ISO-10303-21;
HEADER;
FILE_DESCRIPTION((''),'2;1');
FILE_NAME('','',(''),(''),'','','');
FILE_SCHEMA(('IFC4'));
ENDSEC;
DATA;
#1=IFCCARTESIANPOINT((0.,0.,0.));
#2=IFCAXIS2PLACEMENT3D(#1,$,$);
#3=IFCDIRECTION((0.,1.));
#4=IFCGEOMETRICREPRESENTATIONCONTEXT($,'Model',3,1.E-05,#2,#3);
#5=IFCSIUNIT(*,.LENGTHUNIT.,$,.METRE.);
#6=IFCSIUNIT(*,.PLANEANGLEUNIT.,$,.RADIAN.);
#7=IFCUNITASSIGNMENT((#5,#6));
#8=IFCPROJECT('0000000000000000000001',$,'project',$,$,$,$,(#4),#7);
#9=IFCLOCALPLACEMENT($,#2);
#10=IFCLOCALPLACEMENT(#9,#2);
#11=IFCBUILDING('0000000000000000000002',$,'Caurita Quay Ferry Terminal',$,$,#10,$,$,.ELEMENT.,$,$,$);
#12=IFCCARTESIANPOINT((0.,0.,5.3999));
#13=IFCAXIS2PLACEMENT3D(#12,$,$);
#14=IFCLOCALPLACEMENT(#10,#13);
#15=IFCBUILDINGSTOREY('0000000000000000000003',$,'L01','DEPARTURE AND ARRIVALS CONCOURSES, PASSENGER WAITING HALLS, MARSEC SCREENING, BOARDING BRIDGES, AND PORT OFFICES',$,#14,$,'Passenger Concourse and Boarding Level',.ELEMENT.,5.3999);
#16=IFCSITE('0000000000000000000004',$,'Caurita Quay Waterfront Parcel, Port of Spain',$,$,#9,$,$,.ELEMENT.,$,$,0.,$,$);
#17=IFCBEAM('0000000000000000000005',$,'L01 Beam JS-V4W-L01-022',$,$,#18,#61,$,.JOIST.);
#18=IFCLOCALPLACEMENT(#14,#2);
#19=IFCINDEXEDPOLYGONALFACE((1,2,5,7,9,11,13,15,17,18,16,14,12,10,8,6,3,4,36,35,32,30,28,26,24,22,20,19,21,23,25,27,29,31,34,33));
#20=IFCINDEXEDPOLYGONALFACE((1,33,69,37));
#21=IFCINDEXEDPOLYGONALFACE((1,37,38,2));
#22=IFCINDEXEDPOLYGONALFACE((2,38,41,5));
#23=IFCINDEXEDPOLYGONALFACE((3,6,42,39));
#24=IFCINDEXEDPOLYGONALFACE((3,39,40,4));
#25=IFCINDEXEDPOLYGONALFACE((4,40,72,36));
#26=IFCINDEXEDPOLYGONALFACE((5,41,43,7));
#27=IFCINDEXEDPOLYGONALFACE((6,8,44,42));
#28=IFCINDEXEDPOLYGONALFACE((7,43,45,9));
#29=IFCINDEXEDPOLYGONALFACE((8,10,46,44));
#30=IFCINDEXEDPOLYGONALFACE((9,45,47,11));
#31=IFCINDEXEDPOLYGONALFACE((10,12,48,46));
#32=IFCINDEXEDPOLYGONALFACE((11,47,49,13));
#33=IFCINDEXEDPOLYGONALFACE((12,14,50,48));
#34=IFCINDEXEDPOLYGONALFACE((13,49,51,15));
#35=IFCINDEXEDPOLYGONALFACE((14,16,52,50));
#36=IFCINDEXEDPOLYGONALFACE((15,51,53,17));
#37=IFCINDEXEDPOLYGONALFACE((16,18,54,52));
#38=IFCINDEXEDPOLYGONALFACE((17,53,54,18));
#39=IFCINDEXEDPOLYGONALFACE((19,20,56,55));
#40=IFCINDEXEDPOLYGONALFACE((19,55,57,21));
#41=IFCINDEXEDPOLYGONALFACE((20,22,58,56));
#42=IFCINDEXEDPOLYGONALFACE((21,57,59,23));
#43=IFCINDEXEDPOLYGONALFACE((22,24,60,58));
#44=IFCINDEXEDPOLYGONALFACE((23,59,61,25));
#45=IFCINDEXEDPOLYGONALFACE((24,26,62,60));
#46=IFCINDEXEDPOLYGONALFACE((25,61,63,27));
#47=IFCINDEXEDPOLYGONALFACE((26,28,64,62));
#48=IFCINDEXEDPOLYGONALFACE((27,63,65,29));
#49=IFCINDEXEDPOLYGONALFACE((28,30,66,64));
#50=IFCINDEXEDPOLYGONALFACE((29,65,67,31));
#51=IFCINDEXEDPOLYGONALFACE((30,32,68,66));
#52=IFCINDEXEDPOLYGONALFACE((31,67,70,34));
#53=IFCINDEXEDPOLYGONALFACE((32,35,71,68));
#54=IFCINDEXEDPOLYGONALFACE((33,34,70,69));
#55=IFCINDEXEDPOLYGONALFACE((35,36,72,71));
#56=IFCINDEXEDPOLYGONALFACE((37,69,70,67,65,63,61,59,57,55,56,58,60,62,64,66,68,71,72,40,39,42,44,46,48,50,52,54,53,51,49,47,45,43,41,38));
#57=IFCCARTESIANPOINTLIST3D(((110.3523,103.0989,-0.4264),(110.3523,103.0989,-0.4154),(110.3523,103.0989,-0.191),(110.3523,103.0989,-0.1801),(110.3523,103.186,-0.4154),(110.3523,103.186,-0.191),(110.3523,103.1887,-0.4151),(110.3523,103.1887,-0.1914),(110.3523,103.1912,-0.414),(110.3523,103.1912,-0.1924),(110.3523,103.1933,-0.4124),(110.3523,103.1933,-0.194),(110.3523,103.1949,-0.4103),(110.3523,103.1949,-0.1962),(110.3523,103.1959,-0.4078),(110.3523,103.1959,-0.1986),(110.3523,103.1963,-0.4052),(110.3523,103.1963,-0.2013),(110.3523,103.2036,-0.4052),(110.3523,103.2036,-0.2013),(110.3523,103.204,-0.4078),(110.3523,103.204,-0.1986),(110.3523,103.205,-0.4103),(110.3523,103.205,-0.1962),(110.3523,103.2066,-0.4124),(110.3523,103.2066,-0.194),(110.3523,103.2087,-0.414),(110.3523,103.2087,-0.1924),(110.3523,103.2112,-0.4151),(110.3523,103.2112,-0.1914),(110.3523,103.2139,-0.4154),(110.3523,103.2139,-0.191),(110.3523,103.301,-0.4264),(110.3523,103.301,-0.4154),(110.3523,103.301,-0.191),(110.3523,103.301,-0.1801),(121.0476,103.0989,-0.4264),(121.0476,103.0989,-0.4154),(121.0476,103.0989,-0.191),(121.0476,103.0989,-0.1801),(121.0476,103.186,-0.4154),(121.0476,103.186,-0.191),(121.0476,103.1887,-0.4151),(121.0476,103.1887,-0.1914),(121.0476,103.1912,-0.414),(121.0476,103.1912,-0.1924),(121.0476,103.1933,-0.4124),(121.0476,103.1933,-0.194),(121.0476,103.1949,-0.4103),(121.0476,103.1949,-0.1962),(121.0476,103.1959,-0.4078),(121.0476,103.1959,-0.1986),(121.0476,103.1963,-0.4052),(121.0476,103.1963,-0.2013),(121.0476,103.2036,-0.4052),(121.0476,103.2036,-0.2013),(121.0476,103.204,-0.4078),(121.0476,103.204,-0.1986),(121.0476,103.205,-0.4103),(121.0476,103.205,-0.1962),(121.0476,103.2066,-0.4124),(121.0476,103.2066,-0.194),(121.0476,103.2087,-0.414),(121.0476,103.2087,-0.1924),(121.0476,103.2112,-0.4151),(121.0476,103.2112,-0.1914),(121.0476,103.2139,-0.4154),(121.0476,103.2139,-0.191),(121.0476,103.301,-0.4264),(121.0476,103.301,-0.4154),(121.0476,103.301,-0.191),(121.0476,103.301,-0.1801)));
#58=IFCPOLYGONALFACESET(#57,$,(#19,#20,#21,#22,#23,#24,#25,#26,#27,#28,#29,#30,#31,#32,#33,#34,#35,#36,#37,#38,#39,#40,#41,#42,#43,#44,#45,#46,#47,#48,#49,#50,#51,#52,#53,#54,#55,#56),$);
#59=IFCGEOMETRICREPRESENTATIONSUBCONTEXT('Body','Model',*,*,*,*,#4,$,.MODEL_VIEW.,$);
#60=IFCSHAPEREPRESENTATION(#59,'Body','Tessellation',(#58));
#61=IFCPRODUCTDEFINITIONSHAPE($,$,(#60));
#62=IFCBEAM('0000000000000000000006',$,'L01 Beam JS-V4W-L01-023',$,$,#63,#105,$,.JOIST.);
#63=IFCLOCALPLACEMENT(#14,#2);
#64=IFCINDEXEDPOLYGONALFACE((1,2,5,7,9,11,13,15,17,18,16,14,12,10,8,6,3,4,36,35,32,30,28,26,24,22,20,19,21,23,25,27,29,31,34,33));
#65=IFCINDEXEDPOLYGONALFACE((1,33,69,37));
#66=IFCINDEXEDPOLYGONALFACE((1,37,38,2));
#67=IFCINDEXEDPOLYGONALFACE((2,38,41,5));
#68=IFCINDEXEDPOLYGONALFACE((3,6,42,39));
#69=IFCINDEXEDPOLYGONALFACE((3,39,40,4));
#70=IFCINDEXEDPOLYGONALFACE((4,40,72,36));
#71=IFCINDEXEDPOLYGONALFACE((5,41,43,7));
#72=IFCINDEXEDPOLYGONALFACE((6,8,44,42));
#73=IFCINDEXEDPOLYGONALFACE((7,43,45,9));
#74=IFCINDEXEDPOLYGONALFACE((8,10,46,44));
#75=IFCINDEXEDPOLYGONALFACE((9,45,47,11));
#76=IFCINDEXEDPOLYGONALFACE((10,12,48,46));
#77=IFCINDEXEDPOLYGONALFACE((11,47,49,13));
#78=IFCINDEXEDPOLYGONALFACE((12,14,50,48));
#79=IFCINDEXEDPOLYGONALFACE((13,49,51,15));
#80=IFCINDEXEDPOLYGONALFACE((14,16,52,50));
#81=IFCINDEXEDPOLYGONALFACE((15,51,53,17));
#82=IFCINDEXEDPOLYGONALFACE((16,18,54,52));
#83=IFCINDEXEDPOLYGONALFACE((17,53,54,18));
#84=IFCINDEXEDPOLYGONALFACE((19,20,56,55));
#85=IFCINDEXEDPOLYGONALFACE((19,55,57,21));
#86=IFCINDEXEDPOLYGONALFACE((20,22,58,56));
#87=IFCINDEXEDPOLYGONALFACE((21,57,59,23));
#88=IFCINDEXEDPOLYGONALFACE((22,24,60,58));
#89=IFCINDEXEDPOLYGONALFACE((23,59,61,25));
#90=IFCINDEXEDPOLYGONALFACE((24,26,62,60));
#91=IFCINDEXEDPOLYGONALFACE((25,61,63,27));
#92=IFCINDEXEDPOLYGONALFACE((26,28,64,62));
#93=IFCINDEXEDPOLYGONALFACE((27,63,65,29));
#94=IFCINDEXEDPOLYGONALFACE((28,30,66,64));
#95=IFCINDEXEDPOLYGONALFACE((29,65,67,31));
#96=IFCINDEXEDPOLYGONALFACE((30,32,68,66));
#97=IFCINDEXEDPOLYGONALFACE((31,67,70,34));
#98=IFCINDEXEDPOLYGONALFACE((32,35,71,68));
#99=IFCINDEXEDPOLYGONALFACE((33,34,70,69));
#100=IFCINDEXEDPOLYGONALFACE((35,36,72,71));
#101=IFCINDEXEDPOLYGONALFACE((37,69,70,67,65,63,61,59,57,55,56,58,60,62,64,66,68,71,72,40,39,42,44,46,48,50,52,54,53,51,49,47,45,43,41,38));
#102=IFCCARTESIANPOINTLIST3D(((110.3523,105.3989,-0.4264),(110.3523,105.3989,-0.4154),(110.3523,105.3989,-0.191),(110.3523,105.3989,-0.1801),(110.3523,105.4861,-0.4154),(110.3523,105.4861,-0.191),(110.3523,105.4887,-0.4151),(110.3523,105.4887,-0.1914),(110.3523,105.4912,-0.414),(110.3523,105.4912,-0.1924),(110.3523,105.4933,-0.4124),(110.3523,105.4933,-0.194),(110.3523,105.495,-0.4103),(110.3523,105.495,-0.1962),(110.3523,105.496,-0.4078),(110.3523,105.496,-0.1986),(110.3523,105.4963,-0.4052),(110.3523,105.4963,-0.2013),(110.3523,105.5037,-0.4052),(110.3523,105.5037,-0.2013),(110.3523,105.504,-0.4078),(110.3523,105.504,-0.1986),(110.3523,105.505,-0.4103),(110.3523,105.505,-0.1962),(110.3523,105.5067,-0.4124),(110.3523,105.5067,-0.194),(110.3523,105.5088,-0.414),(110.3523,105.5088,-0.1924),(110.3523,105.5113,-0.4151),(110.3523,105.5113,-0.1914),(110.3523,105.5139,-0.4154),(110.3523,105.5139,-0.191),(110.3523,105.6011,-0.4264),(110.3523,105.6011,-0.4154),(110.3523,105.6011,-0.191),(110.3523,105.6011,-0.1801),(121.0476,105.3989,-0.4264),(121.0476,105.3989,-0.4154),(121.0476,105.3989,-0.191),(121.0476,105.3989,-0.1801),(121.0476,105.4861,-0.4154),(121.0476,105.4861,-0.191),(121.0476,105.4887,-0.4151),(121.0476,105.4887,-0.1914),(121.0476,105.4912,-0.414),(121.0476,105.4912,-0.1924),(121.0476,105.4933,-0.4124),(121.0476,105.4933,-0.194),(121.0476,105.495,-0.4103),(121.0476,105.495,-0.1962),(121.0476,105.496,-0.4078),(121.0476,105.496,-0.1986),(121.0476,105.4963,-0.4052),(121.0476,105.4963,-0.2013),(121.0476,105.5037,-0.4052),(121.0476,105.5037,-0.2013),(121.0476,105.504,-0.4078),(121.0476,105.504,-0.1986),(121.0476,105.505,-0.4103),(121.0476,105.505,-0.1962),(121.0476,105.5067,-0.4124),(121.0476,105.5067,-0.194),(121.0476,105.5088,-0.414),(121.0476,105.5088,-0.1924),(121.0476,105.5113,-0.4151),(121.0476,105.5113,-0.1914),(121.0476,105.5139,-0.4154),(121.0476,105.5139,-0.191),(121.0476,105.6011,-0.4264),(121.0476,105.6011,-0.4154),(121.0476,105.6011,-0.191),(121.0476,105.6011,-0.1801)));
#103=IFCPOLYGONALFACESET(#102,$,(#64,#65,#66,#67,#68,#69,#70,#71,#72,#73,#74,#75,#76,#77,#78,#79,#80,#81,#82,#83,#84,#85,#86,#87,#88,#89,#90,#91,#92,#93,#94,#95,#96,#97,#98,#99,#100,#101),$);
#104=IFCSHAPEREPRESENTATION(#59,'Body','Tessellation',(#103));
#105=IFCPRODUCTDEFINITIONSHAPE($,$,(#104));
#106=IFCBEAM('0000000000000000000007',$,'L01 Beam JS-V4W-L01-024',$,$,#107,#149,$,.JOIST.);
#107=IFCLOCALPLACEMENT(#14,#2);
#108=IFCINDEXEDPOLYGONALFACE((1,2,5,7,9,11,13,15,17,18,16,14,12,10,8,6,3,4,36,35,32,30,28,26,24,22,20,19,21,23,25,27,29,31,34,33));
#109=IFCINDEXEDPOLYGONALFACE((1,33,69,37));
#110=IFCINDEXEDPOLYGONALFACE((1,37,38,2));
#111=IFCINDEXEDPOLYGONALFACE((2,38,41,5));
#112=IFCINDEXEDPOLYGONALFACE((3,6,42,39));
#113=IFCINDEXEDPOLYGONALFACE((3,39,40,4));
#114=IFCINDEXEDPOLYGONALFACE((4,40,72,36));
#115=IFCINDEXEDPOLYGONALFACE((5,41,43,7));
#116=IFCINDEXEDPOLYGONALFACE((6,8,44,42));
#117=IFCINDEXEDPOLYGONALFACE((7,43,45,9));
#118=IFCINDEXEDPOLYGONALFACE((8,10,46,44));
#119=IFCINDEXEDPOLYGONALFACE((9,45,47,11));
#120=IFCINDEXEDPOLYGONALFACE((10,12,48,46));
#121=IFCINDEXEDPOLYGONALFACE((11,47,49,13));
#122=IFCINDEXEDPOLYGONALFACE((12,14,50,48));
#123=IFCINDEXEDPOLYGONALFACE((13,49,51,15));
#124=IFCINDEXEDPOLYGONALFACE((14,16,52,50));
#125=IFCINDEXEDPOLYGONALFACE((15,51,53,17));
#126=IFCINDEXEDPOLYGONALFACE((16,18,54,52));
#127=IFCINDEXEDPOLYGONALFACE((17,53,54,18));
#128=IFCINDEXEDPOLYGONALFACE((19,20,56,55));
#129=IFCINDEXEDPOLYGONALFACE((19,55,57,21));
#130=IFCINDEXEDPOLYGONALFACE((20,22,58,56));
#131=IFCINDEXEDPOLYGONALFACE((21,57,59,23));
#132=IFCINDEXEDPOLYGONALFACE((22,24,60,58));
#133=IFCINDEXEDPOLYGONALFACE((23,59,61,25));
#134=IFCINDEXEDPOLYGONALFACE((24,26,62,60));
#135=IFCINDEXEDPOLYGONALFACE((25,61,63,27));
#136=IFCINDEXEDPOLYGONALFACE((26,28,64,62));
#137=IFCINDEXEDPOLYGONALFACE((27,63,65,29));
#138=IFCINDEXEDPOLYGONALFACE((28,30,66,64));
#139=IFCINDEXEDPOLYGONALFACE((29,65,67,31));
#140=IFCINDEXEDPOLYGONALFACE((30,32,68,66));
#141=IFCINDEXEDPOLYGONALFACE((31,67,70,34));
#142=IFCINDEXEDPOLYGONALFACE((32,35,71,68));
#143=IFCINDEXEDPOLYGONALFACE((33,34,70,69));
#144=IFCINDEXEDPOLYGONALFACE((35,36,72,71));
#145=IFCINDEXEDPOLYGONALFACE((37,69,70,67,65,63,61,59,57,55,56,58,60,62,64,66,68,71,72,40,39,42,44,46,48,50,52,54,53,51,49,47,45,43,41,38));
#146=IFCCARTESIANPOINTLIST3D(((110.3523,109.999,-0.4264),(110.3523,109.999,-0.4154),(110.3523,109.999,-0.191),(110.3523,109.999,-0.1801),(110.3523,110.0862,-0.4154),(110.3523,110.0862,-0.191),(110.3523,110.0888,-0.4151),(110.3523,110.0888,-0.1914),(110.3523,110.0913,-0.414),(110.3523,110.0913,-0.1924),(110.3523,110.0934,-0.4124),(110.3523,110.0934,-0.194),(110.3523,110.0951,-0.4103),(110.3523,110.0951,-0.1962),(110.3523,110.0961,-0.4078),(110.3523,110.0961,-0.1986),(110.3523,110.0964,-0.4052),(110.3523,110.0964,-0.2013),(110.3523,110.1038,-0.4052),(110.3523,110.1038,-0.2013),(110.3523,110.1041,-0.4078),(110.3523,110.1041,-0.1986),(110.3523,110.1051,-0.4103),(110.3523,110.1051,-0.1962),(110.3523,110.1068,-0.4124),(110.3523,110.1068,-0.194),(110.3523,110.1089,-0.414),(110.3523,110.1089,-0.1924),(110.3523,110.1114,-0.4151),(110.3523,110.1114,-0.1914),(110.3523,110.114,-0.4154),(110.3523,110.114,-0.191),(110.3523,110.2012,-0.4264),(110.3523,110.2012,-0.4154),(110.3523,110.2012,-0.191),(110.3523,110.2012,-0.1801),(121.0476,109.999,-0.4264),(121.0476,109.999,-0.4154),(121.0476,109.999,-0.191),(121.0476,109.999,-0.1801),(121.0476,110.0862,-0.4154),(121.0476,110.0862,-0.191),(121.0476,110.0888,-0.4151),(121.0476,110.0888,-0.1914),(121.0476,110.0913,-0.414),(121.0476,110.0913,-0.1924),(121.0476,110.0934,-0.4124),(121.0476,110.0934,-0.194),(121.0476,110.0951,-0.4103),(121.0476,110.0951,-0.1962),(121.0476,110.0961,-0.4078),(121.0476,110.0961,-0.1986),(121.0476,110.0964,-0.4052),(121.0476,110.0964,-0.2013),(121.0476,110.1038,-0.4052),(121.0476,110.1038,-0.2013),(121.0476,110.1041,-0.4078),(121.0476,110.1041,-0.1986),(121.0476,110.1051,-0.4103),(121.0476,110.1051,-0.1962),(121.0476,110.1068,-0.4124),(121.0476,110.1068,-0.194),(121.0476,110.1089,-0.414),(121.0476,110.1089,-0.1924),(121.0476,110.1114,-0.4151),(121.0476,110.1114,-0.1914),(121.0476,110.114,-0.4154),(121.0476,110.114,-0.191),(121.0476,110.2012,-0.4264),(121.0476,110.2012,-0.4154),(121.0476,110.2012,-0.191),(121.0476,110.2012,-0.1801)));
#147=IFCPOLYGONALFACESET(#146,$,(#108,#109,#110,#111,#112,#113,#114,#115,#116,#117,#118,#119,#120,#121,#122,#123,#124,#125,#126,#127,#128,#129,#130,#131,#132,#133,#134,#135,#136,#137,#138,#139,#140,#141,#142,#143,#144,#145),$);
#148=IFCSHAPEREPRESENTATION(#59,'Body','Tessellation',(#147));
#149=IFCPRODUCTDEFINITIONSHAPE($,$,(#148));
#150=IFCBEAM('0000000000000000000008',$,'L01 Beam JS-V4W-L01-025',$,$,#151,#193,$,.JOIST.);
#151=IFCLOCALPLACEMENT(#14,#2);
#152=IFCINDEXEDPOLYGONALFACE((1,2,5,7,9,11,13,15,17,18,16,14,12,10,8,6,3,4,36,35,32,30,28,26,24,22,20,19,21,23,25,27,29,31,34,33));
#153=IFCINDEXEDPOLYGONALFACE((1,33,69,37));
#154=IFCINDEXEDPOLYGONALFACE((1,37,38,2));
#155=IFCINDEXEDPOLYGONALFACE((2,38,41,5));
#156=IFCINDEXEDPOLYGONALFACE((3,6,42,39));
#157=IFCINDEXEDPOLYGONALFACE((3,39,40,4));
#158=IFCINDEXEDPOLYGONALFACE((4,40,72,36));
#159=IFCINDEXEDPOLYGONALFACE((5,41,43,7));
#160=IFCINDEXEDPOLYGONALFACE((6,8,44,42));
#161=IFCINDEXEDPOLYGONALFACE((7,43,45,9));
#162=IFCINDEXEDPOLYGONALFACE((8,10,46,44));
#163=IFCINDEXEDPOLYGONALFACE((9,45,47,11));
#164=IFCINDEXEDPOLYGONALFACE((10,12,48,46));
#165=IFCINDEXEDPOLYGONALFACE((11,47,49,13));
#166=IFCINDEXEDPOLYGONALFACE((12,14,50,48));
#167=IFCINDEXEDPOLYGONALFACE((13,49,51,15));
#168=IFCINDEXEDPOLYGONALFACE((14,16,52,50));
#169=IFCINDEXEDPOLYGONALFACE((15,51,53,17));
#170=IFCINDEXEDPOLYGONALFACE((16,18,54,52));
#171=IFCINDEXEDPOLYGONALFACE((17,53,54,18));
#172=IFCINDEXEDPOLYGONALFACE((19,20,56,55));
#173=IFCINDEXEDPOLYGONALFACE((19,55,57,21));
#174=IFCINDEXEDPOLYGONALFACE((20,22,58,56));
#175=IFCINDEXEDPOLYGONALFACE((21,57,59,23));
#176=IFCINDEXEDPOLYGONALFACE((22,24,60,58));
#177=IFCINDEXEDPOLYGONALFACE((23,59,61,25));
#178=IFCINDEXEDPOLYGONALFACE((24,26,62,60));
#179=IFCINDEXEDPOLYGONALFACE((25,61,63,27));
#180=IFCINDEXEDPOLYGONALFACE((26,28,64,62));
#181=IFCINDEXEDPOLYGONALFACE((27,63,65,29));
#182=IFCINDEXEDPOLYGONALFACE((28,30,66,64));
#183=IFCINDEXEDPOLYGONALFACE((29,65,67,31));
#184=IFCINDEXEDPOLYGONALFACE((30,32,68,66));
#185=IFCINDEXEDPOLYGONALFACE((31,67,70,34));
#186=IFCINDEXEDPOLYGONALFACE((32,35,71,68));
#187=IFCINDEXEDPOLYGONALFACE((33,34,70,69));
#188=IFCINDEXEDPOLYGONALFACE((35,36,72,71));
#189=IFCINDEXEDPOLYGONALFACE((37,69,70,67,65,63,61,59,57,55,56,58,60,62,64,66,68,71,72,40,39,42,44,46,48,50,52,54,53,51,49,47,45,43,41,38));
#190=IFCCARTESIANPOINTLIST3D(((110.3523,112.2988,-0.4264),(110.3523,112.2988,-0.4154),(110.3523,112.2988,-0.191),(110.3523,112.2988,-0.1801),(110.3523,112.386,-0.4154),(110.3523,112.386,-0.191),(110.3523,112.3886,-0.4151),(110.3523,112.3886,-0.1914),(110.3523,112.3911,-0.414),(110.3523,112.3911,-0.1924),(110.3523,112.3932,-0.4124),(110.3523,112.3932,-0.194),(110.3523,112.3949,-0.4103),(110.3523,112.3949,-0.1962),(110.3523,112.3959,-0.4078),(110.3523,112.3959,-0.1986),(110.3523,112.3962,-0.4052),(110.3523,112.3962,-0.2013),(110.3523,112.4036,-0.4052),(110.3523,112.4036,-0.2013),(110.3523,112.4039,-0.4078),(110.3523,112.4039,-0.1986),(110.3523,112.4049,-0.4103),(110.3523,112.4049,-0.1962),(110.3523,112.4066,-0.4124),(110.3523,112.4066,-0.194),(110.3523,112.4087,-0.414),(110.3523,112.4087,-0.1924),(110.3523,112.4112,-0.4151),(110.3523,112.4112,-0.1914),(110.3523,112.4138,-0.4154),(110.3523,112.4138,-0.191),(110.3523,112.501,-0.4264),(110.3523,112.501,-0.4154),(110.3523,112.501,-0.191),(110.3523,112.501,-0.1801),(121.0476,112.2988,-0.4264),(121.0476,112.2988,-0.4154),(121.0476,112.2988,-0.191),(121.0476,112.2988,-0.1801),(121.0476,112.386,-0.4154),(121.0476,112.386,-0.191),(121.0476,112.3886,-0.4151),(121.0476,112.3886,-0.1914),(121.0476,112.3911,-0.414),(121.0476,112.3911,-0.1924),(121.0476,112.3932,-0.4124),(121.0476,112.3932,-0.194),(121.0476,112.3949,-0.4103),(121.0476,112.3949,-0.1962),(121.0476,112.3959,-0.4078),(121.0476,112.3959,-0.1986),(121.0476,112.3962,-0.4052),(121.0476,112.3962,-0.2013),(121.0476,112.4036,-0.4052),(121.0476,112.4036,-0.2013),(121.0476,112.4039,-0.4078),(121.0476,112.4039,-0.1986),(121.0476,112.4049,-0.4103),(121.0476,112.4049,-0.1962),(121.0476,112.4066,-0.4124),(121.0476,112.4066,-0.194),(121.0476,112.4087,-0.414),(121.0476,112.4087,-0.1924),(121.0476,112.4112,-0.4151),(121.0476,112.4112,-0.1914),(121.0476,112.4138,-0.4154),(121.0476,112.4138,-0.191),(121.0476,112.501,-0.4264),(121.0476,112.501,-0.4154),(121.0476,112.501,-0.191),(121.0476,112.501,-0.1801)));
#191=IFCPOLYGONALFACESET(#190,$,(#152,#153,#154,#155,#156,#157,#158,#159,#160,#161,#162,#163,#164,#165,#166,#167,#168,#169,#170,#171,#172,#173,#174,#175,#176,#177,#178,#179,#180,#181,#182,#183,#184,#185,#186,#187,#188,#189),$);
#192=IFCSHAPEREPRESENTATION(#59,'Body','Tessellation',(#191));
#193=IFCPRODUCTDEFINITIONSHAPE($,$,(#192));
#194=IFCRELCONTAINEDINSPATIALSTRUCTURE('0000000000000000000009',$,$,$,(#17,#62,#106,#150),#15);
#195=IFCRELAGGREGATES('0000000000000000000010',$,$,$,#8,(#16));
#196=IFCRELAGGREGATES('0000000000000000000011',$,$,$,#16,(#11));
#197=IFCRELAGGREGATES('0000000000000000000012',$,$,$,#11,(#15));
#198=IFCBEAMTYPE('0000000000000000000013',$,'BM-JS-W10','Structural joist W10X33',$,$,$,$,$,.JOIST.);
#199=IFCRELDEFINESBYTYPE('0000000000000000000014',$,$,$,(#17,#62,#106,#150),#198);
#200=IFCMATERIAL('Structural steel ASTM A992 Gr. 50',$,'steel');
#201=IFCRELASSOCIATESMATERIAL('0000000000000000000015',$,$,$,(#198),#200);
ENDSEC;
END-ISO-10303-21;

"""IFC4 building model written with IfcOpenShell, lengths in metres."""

from ifc_helpers import new_model, si_unit, direction, frame, origin, origin_2d, place, context, subcontext, project, spatial, i_section, extrude, material, material_profile, profile_set, type_object, element, save


model = new_model("IFC4")

# Units and contexts
model_context = context("Model", 3, precision=1e-05, world=origin(), true_north=direction((0.0, 1.0)))
body_context = subcontext(model_context, "Body", "Model", "MODEL_VIEW")
ifc_project = project(units=[si_unit("LENGTHUNIT", "METRE"), si_unit("PLANEANGLEUNIT", "RADIAN")], contexts=[model_context])

# Site, building, storey
site_placement = place(None, origin())
site = spatial("IfcSite", under=ifc_project, at=site_placement, Name="Caurita Quay Waterfront Parcel, Port of Spain", CompositionType="ELEMENT", RefElevation=0.0)
building_placement = place(site_placement, origin())
building = spatial("IfcBuilding", under=site, at=building_placement, Name="Caurita Quay Ferry Terminal", CompositionType="ELEMENT")
storey_placement = place(building_placement, frame((0.0, 0.0, 5.3999)))
storey = spatial("IfcBuildingStorey", under=building, at=storey_placement, Name="L01", Description="DEPARTURE AND ARRIVALS CONCOURSES, PASSENGER WAITING HALLS, MARSEC SCREENING, BOARDING BRIDGES, AND PORT OFFICES", LongName="Passenger Concourse and Boarding Level", CompositionType="ELEMENT", Elevation=5.3999)

# Beams
ifc_material_1 = material(Name="Structural steel ASTM A992 Gr. 50", Category="steel")
ifc_material_profile_1 = material_profile(ifc_material_1, i_section(OverallWidth=0.2021, OverallDepth=0.2463, WebThickness=0.0073, FlangeThickness=0.011, FilletRadius=0.0103, at=origin_2d()), Name="W10X33")
ifc_profile_set_1 = profile_set([ifc_material_profile_1], Name="Structural steel ASTM A992 Gr. 50")
beam_type_1 = type_object("IfcBeamType", Name="BM-JS-W10", Description="Structural joist W10X33", PredefinedType="JOIST", material=ifc_profile_set_1)
for number, where, z_axis, x_axis, name in (
    (1, (110.3523, 103.2, -0.3032), (1.0, 0.0, 0.0), (0.0, 1.0, 0.0), "L01 Beam JS-V4W-L01-022"),
    (2, (110.3523, 105.5, -0.3032), (1.0, 0.0, 0.0), (0.0, 1.0, 0.0), "L01 Beam JS-V4W-L01-023"),
    (3, (110.3523, 110.1001, -0.3032), (1.0, 0.0, 0.0), (0.0, 1.0, 0.0), "L01 Beam JS-V4W-L01-024"),
    (4, (110.3523, 112.3999, -0.3032), (1.0, 0.0, 0.0), (0.0, 1.0, 0.0), "L01 Beam JS-V4W-L01-025"),
):
    element("IfcBeam", number, at=place(storey_placement, frame(where, z_axis=z_axis, x_axis=x_axis)), inside=storey, type_object=beam_type_1, Name=name, PredefinedType="JOIST", context=body_context, shape_type="SweptSolid", body=[
        extrude(i_section(OverallWidth=0.2021, OverallDepth=0.2463, WebThickness=0.0073, FlangeThickness=0.011, FilletRadius=0.0103, at=origin_2d()), origin(), (0.0, 0.0, 1.0), 10.6953),
    ])

save(model, "model.ifc")
